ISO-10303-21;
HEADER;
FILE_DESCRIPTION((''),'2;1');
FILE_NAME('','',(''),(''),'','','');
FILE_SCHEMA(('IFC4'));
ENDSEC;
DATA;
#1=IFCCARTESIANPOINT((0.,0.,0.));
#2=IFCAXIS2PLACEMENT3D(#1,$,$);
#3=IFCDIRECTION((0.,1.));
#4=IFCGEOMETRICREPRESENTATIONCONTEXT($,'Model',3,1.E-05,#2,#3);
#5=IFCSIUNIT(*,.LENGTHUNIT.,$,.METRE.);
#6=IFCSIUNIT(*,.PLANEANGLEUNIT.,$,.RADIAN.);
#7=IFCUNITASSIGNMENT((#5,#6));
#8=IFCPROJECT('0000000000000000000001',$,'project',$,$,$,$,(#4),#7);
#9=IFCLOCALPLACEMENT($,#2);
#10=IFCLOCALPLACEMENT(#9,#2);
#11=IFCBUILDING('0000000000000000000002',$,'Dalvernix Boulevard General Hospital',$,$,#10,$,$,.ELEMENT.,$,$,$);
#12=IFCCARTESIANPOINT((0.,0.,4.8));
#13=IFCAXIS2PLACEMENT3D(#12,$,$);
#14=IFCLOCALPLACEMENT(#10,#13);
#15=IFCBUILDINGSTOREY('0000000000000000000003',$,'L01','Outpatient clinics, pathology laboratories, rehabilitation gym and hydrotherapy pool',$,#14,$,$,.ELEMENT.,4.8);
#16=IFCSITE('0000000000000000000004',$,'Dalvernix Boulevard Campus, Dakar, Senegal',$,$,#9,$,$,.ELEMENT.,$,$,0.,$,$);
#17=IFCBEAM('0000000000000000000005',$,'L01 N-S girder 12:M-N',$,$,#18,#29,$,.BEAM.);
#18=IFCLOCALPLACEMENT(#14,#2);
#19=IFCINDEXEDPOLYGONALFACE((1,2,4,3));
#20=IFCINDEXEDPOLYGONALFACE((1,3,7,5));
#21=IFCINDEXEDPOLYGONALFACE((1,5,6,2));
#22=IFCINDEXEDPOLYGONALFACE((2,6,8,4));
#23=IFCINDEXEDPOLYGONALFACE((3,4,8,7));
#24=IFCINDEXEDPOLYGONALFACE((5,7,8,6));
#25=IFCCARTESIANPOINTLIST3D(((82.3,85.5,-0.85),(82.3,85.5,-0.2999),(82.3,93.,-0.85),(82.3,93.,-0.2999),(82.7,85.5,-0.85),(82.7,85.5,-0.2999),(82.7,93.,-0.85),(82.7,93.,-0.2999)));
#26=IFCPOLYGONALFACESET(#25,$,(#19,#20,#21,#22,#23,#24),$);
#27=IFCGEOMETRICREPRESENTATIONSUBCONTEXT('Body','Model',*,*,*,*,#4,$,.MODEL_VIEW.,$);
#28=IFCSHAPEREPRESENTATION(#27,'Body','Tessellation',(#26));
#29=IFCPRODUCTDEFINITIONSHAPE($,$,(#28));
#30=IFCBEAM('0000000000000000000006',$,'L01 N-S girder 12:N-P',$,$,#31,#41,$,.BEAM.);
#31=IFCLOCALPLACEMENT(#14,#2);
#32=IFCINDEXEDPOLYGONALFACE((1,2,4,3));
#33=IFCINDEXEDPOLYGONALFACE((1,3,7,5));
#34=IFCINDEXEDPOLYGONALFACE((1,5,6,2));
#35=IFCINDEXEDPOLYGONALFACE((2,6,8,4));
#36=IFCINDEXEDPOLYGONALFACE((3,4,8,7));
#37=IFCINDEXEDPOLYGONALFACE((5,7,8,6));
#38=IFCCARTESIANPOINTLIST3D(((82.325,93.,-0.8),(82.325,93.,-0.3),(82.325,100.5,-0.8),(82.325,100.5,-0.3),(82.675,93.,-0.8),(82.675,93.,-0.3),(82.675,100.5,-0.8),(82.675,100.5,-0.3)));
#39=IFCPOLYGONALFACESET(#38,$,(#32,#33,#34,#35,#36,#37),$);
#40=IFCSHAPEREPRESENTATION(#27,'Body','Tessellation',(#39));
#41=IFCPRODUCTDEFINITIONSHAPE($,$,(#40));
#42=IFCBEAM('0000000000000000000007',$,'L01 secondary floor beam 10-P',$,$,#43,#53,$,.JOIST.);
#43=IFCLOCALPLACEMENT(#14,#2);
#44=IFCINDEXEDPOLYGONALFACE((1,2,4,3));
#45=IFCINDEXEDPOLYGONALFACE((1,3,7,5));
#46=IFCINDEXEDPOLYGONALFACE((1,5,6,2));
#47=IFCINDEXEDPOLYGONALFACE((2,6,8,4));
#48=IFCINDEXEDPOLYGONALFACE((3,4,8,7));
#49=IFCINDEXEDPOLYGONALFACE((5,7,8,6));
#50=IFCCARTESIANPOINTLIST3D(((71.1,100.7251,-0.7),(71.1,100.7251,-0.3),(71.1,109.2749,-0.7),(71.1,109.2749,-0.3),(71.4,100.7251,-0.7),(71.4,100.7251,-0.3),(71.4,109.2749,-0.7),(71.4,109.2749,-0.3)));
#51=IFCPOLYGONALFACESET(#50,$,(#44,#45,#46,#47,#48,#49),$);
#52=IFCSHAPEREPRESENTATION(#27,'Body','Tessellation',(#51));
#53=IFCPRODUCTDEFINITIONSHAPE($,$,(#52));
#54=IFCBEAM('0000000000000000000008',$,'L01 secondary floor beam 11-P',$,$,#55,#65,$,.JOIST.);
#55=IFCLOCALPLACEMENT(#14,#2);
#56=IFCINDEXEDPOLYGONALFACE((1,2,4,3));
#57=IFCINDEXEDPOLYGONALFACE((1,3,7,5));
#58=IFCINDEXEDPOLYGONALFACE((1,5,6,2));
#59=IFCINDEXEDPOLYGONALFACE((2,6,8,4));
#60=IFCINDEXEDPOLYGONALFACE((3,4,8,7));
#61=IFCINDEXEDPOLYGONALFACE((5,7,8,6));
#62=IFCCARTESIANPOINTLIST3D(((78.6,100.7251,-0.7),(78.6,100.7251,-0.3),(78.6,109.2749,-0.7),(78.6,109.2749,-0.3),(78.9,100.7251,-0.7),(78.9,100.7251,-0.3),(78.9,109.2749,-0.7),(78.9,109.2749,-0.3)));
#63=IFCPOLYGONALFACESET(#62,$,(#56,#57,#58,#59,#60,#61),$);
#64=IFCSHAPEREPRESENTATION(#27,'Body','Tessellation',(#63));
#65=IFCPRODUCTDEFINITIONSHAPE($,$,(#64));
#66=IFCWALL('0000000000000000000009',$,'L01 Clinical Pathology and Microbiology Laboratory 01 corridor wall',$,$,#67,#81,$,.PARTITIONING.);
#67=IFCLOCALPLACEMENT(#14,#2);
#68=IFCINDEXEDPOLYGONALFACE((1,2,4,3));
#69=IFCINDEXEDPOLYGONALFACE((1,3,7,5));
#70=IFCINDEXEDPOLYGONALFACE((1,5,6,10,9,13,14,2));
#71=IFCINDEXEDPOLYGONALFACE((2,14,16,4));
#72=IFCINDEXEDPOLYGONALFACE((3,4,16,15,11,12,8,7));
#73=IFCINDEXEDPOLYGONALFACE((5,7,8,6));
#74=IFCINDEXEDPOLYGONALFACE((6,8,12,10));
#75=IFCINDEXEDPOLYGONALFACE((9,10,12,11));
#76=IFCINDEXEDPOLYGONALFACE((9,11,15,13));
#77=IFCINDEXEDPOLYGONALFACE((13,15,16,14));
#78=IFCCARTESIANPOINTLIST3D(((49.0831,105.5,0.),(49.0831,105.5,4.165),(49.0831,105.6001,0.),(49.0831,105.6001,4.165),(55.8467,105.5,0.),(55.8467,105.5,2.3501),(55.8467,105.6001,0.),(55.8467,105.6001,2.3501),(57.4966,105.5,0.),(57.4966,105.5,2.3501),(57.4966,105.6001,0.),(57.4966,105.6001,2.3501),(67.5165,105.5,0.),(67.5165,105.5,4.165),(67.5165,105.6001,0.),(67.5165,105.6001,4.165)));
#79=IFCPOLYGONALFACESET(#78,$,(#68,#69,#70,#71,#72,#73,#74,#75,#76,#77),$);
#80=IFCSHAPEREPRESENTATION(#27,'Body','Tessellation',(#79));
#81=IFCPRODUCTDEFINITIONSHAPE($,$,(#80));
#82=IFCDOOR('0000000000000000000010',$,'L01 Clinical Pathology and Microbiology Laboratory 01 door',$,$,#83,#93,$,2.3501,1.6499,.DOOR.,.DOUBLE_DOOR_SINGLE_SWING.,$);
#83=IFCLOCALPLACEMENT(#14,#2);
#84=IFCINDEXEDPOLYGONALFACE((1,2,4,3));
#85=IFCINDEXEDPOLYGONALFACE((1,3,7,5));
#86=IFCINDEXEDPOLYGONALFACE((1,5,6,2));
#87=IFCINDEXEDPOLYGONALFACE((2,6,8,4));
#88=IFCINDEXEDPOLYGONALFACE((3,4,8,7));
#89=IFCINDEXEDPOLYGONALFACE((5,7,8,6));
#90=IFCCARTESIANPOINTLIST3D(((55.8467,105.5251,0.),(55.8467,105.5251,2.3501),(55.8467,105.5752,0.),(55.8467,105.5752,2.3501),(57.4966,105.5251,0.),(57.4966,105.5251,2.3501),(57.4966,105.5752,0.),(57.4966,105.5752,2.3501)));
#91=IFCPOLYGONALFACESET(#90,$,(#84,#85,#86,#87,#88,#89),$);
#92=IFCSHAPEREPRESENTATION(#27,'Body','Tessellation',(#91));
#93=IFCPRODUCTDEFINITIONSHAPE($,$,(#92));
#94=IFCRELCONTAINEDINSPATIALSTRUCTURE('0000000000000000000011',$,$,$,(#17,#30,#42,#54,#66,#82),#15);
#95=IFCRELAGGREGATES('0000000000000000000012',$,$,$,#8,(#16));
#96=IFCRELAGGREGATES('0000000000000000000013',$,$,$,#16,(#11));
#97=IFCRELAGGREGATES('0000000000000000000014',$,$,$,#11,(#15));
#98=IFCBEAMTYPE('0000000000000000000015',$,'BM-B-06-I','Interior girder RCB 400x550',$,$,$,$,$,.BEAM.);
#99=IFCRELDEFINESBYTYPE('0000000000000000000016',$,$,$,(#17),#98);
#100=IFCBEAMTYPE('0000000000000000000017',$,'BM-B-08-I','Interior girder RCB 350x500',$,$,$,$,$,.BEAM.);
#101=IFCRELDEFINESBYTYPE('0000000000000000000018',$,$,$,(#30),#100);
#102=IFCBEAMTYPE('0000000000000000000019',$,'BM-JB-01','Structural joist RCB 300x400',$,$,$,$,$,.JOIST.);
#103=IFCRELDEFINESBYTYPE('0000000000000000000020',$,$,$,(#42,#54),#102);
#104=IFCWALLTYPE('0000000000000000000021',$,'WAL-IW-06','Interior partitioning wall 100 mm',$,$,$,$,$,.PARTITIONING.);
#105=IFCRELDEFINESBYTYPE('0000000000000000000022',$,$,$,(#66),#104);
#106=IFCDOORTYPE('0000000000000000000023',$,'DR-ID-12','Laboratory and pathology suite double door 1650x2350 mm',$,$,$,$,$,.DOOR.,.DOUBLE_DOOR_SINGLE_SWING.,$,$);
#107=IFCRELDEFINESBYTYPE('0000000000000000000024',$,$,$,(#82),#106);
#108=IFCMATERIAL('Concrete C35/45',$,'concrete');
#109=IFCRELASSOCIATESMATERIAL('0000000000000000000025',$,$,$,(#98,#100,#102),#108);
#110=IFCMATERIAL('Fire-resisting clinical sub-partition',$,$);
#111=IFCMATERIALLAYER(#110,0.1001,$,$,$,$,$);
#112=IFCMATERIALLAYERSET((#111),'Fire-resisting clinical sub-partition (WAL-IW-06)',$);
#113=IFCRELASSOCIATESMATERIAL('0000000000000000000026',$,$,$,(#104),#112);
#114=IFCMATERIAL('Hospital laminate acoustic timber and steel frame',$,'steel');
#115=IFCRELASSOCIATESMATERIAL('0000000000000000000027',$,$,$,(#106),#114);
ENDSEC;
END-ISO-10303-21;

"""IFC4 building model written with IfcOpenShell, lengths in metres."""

from ifc_helpers import new_model, si_unit, direction, frame, frame_2d, origin, origin_2d, place, context, subcontext, project, spatial, rectangle, extrude, material, layer, layer_set, material_profile, profile_set, type_object, element, fill, save


model = new_model("IFC4")

# Units and contexts
model_context = context("Model", 3, precision=1e-05, world=origin(), true_north=direction((0.0, 1.0)))
body_context = subcontext(model_context, "Body", "Model", "MODEL_VIEW")
ifc_project = project(units=[si_unit("LENGTHUNIT", "METRE"), si_unit("PLANEANGLEUNIT", "RADIAN")], contexts=[model_context])

# Site, building, storey
site_placement = place(None, origin())
site = spatial("IfcSite", under=ifc_project, at=site_placement, Name="Dalvernix Boulevard Campus, Dakar, Senegal", CompositionType="ELEMENT", RefElevation=0.0)
building_placement = place(site_placement, origin())
building = spatial("IfcBuilding", under=site, at=building_placement, Name="Dalvernix Boulevard General Hospital", CompositionType="ELEMENT")
storey_placement = place(building_placement, frame((0.0, 0.0, 4.8)))
storey = spatial("IfcBuildingStorey", under=building, at=storey_placement, Name="L01", Description="Outpatient clinics, pathology laboratories, rehabilitation gym and hydrotherapy pool", CompositionType="ELEMENT", Elevation=4.8)

# Beams
ifc_material_1 = material(Name="Concrete C35/45", Category="concrete")
ifc_material_profile_1 = material_profile(ifc_material_1, rectangle(XDim=0.3999, YDim=0.55, at=origin_2d()), Name="RCB 400x550")
ifc_profile_set_1 = profile_set([ifc_material_profile_1], Name="Concrete C35/45")
beam_type_1 = type_object("IfcBeamType", Name="BM-B-06-I", Description="Interior girder RCB 400x550", PredefinedType="BEAM", material=ifc_profile_set_1)
for number, where, z_axis, x_axis, name in (
    (1, (82.5, 85.5, -0.575), (0.0, 1.0, 0.0), (-1.0, 0.0, 0.0), "L01 N-S girder 12:M-N"),
):
    element("IfcBeam", number, at=place(storey_placement, frame(where, z_axis=z_axis, x_axis=x_axis)), inside=storey, type_object=beam_type_1, Name=name, PredefinedType="BEAM", context=body_context, shape_type="SweptSolid", body=[
        extrude(rectangle(XDim=0.3999, YDim=0.55, at=origin_2d()), origin(), (0.0, 0.0, 1.0), 7.5),
    ])
ifc_material_profile_2 = material_profile(ifc_material_1, rectangle(XDim=0.3501, YDim=0.5, at=origin_2d()), Name="RCB 350x500")
ifc_profile_set_2 = profile_set([ifc_material_profile_2], Name="Concrete C35/45")
beam_type_2 = type_object("IfcBeamType", Name="BM-B-08-I", Description="Interior girder RCB 350x500", PredefinedType="BEAM", material=ifc_profile_set_2)
beam_placement = place(storey_placement, frame((82.5, 93.0, -0.55), z_axis=(0.0, 1.0, 0.0), x_axis=(-1.0, 0.0, 0.0)))
element("IfcBeam", 2, at=beam_placement, inside=storey, type_object=beam_type_2, Name="L01 N-S girder 12:N-P", PredefinedType="BEAM", context=body_context, shape_type="SweptSolid", body=[
    extrude(rectangle(XDim=0.3501, YDim=0.5, at=origin_2d()), origin(), (0.0, 0.0, 1.0), 7.5),
])
ifc_material_profile_3 = material_profile(ifc_material_1, rectangle(XDim=0.3, YDim=0.3999, at=origin_2d()), Name="RCB 300x400")
ifc_profile_set_3 = profile_set([ifc_material_profile_3], Name="Concrete C35/45")
beam_type_3 = type_object("IfcBeamType", Name="BM-JB-01", Description="Structural joist RCB 300x400", PredefinedType="JOIST", material=ifc_profile_set_3)
for number, where, z_axis, x_axis, name in (
    (3, (71.25, 100.7251, -0.5), (0.0, 1.0, 0.0), (-1.0, 0.0, 0.0), "L01 secondary floor beam 10-P"),
    (4, (78.75, 100.7251, -0.5), (0.0, 1.0, 0.0), (-1.0, 0.0, 0.0), "L01 secondary floor beam 11-P"),
):
    element("IfcBeam", number, at=place(storey_placement, frame(where, z_axis=z_axis, x_axis=x_axis)), inside=storey, type_object=beam_type_3, Name=name, PredefinedType="JOIST", context=body_context, shape_type="SweptSolid", body=[
        extrude(rectangle(XDim=0.3, YDim=0.3999, at=origin_2d()), origin(), (0.0, 0.0, 1.0), 8.5498),
    ])

# Wall, opening, door
ifc_material_2 = material(Name="Fire-resisting clinical sub-partition")
ifc_layer = layer(ifc_material_2, 0.1001)
ifc_layer_set = layer_set([ifc_layer], Name="Fire-resisting clinical sub-partition (WAL-IW-06)")
wall_type = type_object("IfcWallType", Name="WAL-IW-06", Description="Interior partitioning wall 100 mm", PredefinedType="PARTITIONING", material=ifc_layer_set)
wall_placement = place(storey_placement, frame((67.5166, 105.55, 0.0), z_axis=(0.0, 0.0, 1.0), x_axis=(-1.0, 0.0, 0.0)))
wall = element("IfcWall", 5, at=wall_placement, inside=storey, type_object=wall_type, Name="L01 Clinical Pathology and Microbiology Laboratory 01 corridor wall", PredefinedType="PARTITIONING", context=body_context, shape_type="SweptSolid", body=[
    extrude(rectangle(XDim=18.4333, YDim=0.1001, at=frame_2d((9.2168, 0.0))), origin(), (0.0, 0.0, 1.0), 4.165),
])
opening_placement = place(wall_placement, frame((10.02, 0.0, 0.0)))
opening = element("IfcOpeningElement", 6, at=opening_placement, cuts=wall, PredefinedType="OPENING", context=body_context, shape_type="SweptSolid", body=[
    extrude(rectangle(XDim=1.6499, YDim=2.3501, at=frame_2d((0.825, 1.175))), frame((0.0, 0.0601, 0.0), z_axis=(0.0, -1.0, 0.0), x_axis=(1.0, 0.0, 0.0)), (0.0, 0.0, 1.0), 0.1201),
])
ifc_material_3 = material(Name="Hospital laminate acoustic timber and steel frame", Category="steel")
door_type = type_object("IfcDoorType", Name="DR-ID-12", Description="Laboratory and pathology suite double door 1650x2350 mm", OperationType="DOUBLE_DOOR_SINGLE_SWING", PredefinedType="DOOR", material=ifc_material_3)
door_placement = place(opening_placement, origin())
door = element("IfcDoor", 7, at=door_placement, inside=storey, type_object=door_type, Name="L01 Clinical Pathology and Microbiology Laboratory 01 door", OperationType="DOUBLE_DOOR_SINGLE_SWING", OverallHeight=2.3501, OverallWidth=1.6499, PredefinedType="DOOR", context=body_context, shape_type="SweptSolid", body=[
    extrude(rectangle(XDim=1.6499, YDim=2.3501, at=frame_2d((0.825, 1.175))), frame((0.0, 0.0249, 0.0), z_axis=(0.0, -1.0, 0.0), x_axis=(1.0, 0.0, 0.0)), (0.0, 0.0, 1.0), 0.05),
])
fill(opening, door)

save(model, "model.ifc")
